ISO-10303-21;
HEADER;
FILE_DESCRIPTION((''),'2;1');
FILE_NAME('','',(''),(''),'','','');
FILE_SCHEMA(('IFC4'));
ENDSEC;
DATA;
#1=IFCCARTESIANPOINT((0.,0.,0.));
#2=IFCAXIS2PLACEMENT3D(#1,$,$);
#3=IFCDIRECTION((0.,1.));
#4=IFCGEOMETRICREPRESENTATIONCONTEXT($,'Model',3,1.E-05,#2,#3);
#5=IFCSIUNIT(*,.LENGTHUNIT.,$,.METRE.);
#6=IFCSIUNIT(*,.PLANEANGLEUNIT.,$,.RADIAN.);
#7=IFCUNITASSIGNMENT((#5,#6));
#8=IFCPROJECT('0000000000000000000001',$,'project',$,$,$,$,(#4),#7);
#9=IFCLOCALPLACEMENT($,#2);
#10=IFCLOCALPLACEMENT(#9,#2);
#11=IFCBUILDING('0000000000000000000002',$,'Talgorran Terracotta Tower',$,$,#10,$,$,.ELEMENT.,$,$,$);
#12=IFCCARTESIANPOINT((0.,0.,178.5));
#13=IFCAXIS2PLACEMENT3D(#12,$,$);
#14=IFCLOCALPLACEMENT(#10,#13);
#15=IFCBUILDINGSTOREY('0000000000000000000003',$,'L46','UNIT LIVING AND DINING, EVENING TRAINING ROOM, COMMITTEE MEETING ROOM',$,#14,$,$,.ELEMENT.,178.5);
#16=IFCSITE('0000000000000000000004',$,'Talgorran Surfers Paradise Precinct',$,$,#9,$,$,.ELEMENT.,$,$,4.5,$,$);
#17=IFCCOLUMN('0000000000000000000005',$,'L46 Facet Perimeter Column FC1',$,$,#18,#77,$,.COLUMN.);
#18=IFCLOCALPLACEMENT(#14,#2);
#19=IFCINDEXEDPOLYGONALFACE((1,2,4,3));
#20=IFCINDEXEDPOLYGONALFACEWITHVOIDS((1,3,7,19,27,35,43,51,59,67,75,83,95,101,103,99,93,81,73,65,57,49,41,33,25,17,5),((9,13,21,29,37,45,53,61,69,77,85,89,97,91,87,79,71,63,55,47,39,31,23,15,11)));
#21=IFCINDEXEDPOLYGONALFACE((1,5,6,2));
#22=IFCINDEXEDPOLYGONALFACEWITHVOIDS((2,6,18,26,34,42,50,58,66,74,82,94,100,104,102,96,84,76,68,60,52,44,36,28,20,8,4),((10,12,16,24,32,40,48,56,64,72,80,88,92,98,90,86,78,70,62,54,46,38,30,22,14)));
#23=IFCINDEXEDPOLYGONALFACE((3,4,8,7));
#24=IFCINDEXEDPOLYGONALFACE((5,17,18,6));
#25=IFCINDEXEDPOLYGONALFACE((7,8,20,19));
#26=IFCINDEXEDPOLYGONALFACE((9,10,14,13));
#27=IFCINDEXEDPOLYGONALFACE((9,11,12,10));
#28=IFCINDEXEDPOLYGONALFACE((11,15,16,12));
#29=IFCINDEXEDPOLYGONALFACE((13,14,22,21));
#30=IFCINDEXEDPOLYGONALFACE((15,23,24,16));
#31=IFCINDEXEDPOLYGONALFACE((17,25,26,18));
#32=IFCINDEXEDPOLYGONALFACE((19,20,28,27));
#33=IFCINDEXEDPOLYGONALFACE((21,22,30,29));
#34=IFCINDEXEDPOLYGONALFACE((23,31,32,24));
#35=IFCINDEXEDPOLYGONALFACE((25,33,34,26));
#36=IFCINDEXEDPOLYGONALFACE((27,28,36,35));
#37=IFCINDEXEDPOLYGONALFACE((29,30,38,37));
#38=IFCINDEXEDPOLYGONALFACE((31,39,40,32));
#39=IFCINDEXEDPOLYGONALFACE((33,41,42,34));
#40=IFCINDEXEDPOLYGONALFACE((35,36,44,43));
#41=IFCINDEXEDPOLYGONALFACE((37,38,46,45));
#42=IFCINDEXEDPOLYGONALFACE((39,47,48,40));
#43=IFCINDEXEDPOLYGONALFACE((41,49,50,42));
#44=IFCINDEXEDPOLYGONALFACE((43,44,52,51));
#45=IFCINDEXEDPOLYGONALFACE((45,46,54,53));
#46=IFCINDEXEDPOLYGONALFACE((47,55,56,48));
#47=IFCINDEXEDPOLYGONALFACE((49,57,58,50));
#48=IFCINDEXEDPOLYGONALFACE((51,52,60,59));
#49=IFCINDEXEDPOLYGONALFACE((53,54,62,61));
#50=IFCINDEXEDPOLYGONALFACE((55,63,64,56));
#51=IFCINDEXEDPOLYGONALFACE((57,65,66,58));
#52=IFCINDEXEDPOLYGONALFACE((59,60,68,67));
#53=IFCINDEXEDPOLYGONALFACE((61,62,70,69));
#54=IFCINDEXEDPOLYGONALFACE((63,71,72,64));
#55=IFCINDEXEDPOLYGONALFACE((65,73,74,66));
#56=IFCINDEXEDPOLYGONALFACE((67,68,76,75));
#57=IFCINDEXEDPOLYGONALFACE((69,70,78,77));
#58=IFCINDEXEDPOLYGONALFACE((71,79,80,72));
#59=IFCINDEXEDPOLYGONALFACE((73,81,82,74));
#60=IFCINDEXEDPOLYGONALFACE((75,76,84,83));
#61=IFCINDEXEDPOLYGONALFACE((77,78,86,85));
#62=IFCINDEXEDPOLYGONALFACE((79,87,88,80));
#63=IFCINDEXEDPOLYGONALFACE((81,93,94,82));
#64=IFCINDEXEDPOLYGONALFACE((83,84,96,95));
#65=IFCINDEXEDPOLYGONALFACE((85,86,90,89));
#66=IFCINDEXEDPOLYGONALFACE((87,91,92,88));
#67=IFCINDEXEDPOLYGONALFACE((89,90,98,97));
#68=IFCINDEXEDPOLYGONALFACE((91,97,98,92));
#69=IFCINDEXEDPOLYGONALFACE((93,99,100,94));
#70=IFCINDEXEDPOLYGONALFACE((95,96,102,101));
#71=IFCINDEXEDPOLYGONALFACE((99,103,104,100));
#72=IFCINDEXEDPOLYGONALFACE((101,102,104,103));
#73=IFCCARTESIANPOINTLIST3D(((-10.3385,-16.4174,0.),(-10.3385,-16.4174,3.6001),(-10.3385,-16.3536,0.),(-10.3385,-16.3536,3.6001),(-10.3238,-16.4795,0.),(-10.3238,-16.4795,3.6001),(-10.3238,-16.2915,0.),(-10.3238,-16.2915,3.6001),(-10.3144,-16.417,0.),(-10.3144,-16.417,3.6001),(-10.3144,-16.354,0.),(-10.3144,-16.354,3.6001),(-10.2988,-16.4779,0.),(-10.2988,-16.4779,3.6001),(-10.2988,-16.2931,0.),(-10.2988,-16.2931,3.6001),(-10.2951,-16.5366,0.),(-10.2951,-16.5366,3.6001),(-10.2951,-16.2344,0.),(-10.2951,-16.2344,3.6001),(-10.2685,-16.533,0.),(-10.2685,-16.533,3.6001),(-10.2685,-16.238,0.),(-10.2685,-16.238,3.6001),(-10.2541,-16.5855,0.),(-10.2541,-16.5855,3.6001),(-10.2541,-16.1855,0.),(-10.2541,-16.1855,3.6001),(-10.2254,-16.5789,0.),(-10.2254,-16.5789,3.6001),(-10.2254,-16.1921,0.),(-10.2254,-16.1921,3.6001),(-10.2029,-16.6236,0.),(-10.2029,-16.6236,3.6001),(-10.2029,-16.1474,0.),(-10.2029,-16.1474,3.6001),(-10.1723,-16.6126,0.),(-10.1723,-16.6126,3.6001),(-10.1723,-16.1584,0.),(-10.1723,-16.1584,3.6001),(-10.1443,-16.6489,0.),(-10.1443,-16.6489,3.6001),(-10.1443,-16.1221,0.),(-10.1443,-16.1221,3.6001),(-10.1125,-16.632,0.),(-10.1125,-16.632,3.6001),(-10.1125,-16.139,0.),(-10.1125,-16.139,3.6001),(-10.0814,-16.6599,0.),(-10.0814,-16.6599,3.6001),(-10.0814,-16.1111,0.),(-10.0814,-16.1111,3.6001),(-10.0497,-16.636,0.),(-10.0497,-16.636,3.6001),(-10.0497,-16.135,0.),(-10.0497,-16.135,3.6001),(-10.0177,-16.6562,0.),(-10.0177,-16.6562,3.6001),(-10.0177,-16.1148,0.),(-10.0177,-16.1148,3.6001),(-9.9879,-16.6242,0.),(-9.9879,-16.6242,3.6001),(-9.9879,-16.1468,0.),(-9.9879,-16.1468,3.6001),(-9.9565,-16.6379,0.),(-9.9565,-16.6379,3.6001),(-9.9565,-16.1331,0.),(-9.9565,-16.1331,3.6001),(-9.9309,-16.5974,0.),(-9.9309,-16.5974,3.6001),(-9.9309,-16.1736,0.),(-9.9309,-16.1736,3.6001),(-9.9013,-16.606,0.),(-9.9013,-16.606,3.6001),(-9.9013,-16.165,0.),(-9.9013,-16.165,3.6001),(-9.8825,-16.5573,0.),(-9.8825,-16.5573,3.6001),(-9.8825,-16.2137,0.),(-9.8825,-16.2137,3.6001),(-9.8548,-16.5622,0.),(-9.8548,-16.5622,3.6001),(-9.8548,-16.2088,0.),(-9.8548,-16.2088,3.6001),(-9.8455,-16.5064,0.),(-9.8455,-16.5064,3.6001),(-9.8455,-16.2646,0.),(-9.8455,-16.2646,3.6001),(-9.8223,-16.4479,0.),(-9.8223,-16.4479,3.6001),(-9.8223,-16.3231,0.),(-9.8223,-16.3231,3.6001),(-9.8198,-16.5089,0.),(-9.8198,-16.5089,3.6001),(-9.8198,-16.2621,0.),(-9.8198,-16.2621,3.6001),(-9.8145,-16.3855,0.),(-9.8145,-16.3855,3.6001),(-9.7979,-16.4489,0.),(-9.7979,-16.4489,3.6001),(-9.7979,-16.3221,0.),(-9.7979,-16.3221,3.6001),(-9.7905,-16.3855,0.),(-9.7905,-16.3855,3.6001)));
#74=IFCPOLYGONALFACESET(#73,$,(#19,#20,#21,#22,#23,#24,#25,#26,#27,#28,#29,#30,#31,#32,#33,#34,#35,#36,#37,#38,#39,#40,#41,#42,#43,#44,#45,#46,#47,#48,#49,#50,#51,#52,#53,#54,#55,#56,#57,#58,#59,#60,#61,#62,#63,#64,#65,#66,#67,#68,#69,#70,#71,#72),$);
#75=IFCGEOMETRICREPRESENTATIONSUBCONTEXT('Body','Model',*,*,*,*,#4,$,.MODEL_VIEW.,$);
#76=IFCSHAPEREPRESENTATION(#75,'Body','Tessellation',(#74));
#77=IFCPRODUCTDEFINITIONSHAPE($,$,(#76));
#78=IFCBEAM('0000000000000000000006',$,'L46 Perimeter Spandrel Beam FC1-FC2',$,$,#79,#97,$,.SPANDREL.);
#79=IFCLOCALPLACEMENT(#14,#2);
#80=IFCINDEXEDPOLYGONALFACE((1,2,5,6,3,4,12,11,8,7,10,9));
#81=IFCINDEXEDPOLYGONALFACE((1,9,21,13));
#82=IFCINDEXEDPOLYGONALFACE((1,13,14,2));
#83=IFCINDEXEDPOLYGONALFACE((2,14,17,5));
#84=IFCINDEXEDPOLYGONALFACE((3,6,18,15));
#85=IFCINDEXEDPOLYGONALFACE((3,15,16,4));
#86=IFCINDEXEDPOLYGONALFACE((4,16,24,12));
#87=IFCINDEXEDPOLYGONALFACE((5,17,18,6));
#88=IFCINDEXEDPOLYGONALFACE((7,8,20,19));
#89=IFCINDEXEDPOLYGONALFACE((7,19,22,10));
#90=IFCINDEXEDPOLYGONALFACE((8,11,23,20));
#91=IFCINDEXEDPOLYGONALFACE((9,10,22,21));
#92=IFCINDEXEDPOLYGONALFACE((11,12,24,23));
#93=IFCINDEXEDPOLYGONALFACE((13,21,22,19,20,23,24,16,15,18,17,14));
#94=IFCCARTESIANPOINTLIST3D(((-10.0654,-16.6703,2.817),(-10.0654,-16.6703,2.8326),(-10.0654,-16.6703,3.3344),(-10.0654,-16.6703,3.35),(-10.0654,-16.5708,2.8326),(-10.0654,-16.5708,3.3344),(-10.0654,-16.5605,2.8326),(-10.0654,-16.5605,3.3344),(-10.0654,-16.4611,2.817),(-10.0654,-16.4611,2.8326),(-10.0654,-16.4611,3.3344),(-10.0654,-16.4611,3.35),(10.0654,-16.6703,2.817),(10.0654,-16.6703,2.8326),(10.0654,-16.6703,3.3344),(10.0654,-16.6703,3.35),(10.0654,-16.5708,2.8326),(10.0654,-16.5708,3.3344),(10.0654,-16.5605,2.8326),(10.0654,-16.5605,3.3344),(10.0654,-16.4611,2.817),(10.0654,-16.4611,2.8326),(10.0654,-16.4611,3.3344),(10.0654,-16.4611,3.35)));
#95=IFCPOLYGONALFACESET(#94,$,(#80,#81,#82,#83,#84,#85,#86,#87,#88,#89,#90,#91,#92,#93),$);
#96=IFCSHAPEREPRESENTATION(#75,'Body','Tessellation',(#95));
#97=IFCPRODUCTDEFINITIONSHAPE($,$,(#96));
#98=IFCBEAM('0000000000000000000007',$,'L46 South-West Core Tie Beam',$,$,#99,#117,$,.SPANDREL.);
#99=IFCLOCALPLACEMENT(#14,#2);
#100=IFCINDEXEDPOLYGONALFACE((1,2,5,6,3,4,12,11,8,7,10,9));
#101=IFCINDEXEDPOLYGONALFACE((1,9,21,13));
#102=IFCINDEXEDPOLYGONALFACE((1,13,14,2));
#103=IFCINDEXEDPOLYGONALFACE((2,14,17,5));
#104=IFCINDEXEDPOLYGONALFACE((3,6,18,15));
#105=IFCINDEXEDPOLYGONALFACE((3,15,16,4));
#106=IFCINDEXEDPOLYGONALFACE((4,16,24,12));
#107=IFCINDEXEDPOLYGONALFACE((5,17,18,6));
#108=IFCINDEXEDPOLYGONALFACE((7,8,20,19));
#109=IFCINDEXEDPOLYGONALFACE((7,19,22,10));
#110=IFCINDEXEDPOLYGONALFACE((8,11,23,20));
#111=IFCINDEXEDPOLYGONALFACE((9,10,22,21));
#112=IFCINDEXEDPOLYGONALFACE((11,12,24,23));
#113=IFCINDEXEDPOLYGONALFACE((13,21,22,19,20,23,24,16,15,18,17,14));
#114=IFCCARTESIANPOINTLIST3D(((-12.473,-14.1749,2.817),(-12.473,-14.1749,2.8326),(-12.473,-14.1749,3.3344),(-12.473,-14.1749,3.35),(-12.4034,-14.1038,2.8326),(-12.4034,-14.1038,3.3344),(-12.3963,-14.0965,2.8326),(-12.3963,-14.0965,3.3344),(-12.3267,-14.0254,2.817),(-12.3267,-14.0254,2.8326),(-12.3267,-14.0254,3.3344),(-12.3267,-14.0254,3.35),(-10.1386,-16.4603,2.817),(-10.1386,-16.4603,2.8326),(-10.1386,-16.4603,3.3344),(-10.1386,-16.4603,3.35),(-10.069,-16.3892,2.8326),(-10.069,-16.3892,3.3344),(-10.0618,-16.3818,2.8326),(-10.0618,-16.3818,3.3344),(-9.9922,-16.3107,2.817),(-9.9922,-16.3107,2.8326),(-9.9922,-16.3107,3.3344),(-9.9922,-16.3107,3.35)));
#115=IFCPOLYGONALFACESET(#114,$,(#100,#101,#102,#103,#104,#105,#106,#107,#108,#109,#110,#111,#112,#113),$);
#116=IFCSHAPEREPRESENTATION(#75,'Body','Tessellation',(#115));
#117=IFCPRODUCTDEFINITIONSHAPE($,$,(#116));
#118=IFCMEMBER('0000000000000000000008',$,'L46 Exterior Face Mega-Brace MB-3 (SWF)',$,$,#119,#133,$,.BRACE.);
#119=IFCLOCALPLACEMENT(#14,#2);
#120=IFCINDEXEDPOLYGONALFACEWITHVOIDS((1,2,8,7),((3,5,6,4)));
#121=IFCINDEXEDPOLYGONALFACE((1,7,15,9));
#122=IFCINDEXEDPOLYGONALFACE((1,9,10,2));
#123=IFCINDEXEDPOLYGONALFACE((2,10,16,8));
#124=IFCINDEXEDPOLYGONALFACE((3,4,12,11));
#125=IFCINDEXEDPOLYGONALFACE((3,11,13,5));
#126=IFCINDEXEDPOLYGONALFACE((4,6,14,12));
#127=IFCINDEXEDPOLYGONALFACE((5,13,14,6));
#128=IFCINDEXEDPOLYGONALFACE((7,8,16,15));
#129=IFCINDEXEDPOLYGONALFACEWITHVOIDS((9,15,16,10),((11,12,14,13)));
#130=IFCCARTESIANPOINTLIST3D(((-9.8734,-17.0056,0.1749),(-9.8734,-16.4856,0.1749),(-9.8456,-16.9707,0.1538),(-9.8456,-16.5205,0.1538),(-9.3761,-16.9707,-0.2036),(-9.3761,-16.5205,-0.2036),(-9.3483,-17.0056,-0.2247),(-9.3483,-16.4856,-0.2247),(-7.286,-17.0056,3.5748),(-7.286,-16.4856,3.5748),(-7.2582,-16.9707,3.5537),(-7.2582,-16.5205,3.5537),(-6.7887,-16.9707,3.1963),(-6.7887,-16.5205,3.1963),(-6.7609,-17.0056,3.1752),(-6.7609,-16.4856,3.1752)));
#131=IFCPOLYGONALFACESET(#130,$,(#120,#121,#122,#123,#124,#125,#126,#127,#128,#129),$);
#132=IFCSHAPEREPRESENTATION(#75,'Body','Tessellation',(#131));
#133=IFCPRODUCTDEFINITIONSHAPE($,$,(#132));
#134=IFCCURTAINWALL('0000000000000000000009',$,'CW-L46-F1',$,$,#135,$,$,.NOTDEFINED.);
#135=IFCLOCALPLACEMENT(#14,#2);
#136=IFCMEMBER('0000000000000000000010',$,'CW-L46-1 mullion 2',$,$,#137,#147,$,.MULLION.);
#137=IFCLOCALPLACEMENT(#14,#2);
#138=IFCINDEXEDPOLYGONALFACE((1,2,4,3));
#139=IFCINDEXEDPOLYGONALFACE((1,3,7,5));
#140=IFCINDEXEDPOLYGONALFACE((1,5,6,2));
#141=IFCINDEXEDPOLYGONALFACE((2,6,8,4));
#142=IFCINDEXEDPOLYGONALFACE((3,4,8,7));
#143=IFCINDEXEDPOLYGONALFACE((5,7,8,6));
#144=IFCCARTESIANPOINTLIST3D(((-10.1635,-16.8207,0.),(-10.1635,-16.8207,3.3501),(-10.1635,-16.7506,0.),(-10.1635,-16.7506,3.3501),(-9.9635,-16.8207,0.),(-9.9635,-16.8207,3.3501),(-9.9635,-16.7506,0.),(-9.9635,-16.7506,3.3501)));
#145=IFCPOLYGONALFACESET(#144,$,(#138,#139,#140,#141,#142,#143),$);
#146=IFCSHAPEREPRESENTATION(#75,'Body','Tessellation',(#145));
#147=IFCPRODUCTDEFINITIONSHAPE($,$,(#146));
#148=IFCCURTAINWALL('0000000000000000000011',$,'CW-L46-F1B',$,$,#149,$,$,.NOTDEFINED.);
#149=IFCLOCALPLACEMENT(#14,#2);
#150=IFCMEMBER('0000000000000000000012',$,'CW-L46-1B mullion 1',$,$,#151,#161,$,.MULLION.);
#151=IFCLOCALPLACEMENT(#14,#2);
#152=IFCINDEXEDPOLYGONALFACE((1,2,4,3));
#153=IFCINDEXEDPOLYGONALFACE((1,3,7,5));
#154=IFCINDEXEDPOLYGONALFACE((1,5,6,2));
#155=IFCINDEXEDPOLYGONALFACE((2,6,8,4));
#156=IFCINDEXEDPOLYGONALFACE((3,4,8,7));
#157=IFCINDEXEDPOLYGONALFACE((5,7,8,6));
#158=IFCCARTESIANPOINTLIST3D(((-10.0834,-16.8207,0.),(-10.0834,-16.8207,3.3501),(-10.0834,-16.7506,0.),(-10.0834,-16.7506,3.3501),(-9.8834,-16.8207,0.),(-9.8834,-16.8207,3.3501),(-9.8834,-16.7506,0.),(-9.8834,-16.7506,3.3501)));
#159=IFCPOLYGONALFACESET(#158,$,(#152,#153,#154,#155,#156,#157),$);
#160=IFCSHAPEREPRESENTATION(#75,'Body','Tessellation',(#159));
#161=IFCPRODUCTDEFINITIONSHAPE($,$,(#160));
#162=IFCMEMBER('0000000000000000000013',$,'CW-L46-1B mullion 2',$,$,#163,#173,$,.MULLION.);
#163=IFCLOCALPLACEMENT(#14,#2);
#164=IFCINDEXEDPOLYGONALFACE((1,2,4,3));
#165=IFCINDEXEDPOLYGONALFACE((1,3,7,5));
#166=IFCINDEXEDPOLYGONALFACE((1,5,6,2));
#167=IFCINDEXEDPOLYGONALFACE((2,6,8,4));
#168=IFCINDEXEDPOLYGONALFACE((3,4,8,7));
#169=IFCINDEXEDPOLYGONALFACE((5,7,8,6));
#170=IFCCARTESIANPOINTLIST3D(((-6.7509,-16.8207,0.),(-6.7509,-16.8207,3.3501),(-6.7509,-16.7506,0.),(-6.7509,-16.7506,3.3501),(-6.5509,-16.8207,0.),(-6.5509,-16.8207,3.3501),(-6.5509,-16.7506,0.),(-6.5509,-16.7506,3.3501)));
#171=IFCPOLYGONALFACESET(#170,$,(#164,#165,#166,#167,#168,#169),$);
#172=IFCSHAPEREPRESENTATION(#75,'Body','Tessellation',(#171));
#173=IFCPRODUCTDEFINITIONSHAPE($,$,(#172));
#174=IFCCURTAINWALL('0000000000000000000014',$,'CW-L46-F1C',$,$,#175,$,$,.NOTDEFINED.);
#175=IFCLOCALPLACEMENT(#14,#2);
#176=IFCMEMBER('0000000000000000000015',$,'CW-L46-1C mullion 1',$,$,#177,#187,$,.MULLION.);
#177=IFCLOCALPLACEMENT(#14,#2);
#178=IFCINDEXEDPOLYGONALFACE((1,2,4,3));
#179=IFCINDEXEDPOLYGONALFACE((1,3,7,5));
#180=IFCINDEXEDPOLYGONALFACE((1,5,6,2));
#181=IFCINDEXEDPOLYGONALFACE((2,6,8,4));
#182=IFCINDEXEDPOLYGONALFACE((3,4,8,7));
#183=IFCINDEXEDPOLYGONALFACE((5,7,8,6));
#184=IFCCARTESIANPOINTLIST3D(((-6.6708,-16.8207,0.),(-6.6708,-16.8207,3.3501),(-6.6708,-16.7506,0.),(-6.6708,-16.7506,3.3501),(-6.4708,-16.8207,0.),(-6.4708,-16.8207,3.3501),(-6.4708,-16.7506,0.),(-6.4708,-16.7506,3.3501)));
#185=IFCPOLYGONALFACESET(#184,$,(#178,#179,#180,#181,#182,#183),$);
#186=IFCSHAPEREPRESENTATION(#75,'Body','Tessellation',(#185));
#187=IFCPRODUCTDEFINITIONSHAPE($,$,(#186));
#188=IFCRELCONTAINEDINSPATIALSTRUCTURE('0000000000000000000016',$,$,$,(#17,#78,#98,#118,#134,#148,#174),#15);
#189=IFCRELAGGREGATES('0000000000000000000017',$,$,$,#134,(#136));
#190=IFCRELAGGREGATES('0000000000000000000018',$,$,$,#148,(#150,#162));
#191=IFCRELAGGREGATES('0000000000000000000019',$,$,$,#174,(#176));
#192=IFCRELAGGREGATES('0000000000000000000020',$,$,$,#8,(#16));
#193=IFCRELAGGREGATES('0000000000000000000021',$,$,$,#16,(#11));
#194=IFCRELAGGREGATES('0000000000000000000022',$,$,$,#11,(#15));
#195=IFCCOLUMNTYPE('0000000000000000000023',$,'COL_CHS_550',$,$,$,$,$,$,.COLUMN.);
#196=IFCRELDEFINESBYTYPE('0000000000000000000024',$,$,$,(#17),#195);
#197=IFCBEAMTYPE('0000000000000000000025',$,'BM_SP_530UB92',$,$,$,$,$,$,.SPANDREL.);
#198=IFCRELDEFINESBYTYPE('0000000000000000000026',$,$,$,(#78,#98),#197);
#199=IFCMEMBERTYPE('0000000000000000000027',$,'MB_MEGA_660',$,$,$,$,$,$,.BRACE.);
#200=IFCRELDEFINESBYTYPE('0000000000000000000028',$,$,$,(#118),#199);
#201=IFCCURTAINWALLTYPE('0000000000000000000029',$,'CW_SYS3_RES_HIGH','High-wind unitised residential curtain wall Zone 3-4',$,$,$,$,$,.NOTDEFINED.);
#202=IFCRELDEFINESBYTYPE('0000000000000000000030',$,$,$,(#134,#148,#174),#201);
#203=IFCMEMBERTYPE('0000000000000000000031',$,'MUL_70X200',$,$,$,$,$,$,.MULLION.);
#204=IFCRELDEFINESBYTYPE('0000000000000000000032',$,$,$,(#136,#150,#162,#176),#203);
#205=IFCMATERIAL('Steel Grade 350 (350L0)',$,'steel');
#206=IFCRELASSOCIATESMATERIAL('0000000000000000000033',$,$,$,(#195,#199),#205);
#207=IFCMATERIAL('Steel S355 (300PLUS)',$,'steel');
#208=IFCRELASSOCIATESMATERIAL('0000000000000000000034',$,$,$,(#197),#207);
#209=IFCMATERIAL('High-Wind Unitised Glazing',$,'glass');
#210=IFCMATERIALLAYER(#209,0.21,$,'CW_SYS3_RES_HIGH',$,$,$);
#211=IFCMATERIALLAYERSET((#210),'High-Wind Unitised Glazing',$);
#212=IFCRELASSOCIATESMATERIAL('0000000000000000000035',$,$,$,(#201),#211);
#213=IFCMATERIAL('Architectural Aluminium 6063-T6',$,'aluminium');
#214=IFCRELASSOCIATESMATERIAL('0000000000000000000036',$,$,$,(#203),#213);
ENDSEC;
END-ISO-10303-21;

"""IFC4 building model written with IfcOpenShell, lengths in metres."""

from ifc_helpers import new_model, si_unit, direction, frame, origin, origin_2d, place, context, subcontext, project, spatial, rectangle, hollow_rectangle, hollow_circle, i_section, extrude, material, layer, layer_set, material_profile, profile_set, type_object, element, aggregate, save


model = new_model("IFC4")

# Units and contexts
model_context = context("Model", 3, precision=1e-05, world=origin(), true_north=direction((0.0, 1.0)))
body_context = subcontext(model_context, "Body", "Model", "MODEL_VIEW")
ifc_project = project(units=[si_unit("LENGTHUNIT", "METRE"), si_unit("PLANEANGLEUNIT", "RADIAN")], contexts=[model_context])

# Site, building, storey
site_placement = place(None, origin())
site = spatial("IfcSite", under=ifc_project, at=site_placement, Name="Talgorran Surfers Paradise Precinct", CompositionType="ELEMENT", RefElevation=4.5)
building_placement = place(site_placement, origin())
building = spatial("IfcBuilding", under=site, at=building_placement, Name="Talgorran Terracotta Tower", CompositionType="ELEMENT")
storey_placement = place(building_placement, frame((0.0, 0.0, 178.5)))
storey = spatial("IfcBuildingStorey", under=building, at=storey_placement, Name="L46", Description="UNIT LIVING AND DINING, EVENING TRAINING ROOM, COMMITTEE MEETING ROOM", CompositionType="ELEMENT", Elevation=178.5)

# Column
ifc_material_1 = material(Name="Steel Grade 350 (350L0)", Category="steel")
ifc_material_profile_1 = material_profile(ifc_material_1, hollow_circle(Radius=0.2749, WallThickness=0.0239, at=origin_2d()), Name="CHS550X24")
ifc_profile_set_1 = profile_set([ifc_material_profile_1], Name="Steel Grade 350 (350L0)")
column_type = type_object("IfcColumnType", Name="COL_CHS_550", PredefinedType="COLUMN", material=ifc_profile_set_1)
column_placement = place(storey_placement, frame((-10.0654, -16.3855, 0.0), z_axis=(0.0, 0.0, 1.0), x_axis=(1.0, 0.0, 0.0)))
element("IfcColumn", 1, at=column_placement, inside=storey, type_object=column_type, Name="L46 Facet Perimeter Column FC1", PredefinedType="COLUMN", context=body_context, shape_type="SweptSolid", body=[
    extrude(hollow_circle(Radius=0.2749, WallThickness=0.0239, at=origin_2d()), origin(), (0.0, 0.0, 1.0), 3.6001),
])

# Beams
ifc_material_2 = material(Name="Steel S355 (300PLUS)", Category="steel")
ifc_material_profile_2 = material_profile(ifc_material_2, i_section(OverallWidth=0.2092, OverallDepth=0.533, WebThickness=0.0103, FlangeThickness=0.0156, at=origin_2d()), Name="530UB92.4")
ifc_profile_set_2 = profile_set([ifc_material_profile_2], Name="Steel S355 (300PLUS)")
beam_type = type_object("IfcBeamType", Name="BM_SP_530UB92", PredefinedType="SPANDREL", material=ifc_profile_set_2)
beam_1_placement = place(storey_placement, frame((-10.0654, -16.5657, 3.0835), z_axis=(1.0, 0.0, 0.0), x_axis=(0.0, 1.0, 0.0)))
element("IfcBeam", 2, at=beam_1_placement, inside=storey, type_object=beam_type, Name="L46 Perimeter Spandrel Beam FC1-FC2", PredefinedType="SPANDREL", context=body_context, shape_type="SweptSolid", body=[
    extrude(i_section(OverallWidth=0.2092, OverallDepth=0.533, WebThickness=0.0103, FlangeThickness=0.0156, at=origin_2d()), origin(), (0.0, 0.0, 1.0), 20.1309),
])
beam_2_placement = place(storey_placement, frame((-10.0654, -16.3855, 3.0835), z_axis=(-0.714577, 0.699556, 0.0), x_axis=(-0.699556, -0.714577, 0.0)))
element("IfcBeam", 3, at=beam_2_placement, inside=storey, type_object=beam_type, Name="L46 South-West Core Tie Beam", PredefinedType="SPANDREL", context=body_context, shape_type="SweptSolid", body=[
    extrude(i_section(OverallWidth=0.2092, OverallDepth=0.533, WebThickness=0.0103, FlangeThickness=0.0156, at=origin_2d()), origin(), (0.0, 0.0, 1.0), 3.2668),
])

# Member
ifc_material_profile_3 = material_profile(ifc_material_1, hollow_rectangle(XDim=0.52, YDim=0.6599, WallThickness=0.0349, at=origin_2d()), Name="WBOX660X520X35")
ifc_profile_set_3 = profile_set([ifc_material_profile_3], Name="Steel Grade 350 (350L0)")
member_type_1 = type_object("IfcMemberType", Name="MB_MEGA_660", PredefinedType="BRACE", material=ifc_profile_set_3)
member_1_placement = place(storey_placement, frame((-9.6108, -16.7456, -0.0249), z_axis=(0.605599, 0.0, 0.79577), x_axis=(0.0, 1.0, 0.0)))
element("IfcMember", 4, at=member_1_placement, inside=storey, type_object=member_type_1, Name="L46 Exterior Face Mega-Brace MB-3 (SWF)", PredefinedType="BRACE", context=body_context, shape_type="SweptSolid", body=[
    extrude(hollow_rectangle(XDim=0.52, YDim=0.6599, WallThickness=0.0349, at=origin_2d()), origin(), (0.0, 0.0, 1.0), 4.2725),
])

# Curtain wall, member
ifc_material_3 = material(Name="High-Wind Unitised Glazing", Category="glass")
ifc_layer_1 = layer(ifc_material_3, 0.21, Name="CW_SYS3_RES_HIGH")
ifc_layer_set_1 = layer_set([ifc_layer_1], Name="High-Wind Unitised Glazing")
curtain_wall_type = type_object("IfcCurtainWallType", Name="CW_SYS3_RES_HIGH", Description="High-wind unitised residential curtain wall Zone 3-4", PredefinedType="NOTDEFINED", material=ifc_layer_set_1)
curtain_wall_1_placement = place(storey_placement, origin())
curtain_wall_1 = element("IfcCurtainWall", 5, at=curtain_wall_1_placement, inside=storey, type_object=curtain_wall_type, Name="CW-L46-F1", PredefinedType="NOTDEFINED")
ifc_material_4 = material(Name="Architectural Aluminium 6063-T6", Category="aluminium")
ifc_material_profile_4 = material_profile(ifc_material_4, rectangle(XDim=0.0701, YDim=0.2, at=origin_2d()), Name="CWM70X200")
ifc_profile_set_4 = profile_set([ifc_material_profile_4], Name="Architectural Aluminium 6063-T6")
member_type_2 = type_object("IfcMemberType", Name="MUL_70X200", PredefinedType="MULLION", material=ifc_profile_set_4)
member_2_placement = place(storey_placement, frame((-10.0635, -16.7856, 0.0), z_axis=(0.0, 0.0, 1.0), x_axis=(0.0, 1.0, 0.0)))
member_2 = element("IfcMember", 6, at=member_2_placement, type_object=member_type_2, Name="CW-L46-1 mullion 2", PredefinedType="MULLION", context=body_context, shape_type="SweptSolid", body=[
    extrude(rectangle(XDim=0.0701, YDim=0.2, at=origin_2d()), origin(), (0.0, 0.0, 1.0), 3.3501),
])
aggregate(curtain_wall_1, [member_2])

# Curtain wall, members
curtain_wall_2_placement = place(storey_placement, origin())
curtain_wall_2 = element("IfcCurtainWall", 7, at=curtain_wall_2_placement, inside=storey, type_object=curtain_wall_type, Name="CW-L46-F1B", PredefinedType="NOTDEFINED")
member_3_placement = place(storey_placement, frame((-9.9834, -16.7856, 0.0), z_axis=(0.0, 0.0, 1.0), x_axis=(0.0, 1.0, 0.0)))
member_3 = element("IfcMember", 8, at=member_3_placement, type_object=member_type_2, Name="CW-L46-1B mullion 1", PredefinedType="MULLION", context=body_context, shape_type="SweptSolid", body=[
    extrude(rectangle(XDim=0.0701, YDim=0.2, at=origin_2d()), origin(), (0.0, 0.0, 1.0), 3.3501),
])
member_4_placement = place(storey_placement, frame((-6.6509, -16.7856, 0.0), z_axis=(0.0, 0.0, 1.0), x_axis=(0.0, 1.0, 0.0)))
member_4 = element("IfcMember", 9, at=member_4_placement, type_object=member_type_2, Name="CW-L46-1B mullion 2", PredefinedType="MULLION", context=body_context, shape_type="SweptSolid", body=[
    extrude(rectangle(XDim=0.0701, YDim=0.2, at=origin_2d()), origin(), (0.0, 0.0, 1.0), 3.3501),
])

# Curtain wall, member
curtain_wall_3_placement = place(storey_placement, origin())
curtain_wall_3 = element("IfcCurtainWall", 10, at=curtain_wall_3_placement, inside=storey, type_object=curtain_wall_type, Name="CW-L46-F1C", PredefinedType="NOTDEFINED")
member_5_placement = place(storey_placement, frame((-6.5708, -16.7856, 0.0), z_axis=(0.0, 0.0, 1.0), x_axis=(0.0, 1.0, 0.0)))
member_5 = element("IfcMember", 11, at=member_5_placement, type_object=member_type_2, Name="CW-L46-1C mullion 1", PredefinedType="MULLION", context=body_context, shape_type="SweptSolid", body=[
    extrude(rectangle(XDim=0.0701, YDim=0.2, at=origin_2d()), origin(), (0.0, 0.0, 1.0), 3.3501),
])

aggregate(curtain_wall_2, [member_3, member_4])
aggregate(curtain_wall_3, [member_5])

save(model, "model.ifc")
